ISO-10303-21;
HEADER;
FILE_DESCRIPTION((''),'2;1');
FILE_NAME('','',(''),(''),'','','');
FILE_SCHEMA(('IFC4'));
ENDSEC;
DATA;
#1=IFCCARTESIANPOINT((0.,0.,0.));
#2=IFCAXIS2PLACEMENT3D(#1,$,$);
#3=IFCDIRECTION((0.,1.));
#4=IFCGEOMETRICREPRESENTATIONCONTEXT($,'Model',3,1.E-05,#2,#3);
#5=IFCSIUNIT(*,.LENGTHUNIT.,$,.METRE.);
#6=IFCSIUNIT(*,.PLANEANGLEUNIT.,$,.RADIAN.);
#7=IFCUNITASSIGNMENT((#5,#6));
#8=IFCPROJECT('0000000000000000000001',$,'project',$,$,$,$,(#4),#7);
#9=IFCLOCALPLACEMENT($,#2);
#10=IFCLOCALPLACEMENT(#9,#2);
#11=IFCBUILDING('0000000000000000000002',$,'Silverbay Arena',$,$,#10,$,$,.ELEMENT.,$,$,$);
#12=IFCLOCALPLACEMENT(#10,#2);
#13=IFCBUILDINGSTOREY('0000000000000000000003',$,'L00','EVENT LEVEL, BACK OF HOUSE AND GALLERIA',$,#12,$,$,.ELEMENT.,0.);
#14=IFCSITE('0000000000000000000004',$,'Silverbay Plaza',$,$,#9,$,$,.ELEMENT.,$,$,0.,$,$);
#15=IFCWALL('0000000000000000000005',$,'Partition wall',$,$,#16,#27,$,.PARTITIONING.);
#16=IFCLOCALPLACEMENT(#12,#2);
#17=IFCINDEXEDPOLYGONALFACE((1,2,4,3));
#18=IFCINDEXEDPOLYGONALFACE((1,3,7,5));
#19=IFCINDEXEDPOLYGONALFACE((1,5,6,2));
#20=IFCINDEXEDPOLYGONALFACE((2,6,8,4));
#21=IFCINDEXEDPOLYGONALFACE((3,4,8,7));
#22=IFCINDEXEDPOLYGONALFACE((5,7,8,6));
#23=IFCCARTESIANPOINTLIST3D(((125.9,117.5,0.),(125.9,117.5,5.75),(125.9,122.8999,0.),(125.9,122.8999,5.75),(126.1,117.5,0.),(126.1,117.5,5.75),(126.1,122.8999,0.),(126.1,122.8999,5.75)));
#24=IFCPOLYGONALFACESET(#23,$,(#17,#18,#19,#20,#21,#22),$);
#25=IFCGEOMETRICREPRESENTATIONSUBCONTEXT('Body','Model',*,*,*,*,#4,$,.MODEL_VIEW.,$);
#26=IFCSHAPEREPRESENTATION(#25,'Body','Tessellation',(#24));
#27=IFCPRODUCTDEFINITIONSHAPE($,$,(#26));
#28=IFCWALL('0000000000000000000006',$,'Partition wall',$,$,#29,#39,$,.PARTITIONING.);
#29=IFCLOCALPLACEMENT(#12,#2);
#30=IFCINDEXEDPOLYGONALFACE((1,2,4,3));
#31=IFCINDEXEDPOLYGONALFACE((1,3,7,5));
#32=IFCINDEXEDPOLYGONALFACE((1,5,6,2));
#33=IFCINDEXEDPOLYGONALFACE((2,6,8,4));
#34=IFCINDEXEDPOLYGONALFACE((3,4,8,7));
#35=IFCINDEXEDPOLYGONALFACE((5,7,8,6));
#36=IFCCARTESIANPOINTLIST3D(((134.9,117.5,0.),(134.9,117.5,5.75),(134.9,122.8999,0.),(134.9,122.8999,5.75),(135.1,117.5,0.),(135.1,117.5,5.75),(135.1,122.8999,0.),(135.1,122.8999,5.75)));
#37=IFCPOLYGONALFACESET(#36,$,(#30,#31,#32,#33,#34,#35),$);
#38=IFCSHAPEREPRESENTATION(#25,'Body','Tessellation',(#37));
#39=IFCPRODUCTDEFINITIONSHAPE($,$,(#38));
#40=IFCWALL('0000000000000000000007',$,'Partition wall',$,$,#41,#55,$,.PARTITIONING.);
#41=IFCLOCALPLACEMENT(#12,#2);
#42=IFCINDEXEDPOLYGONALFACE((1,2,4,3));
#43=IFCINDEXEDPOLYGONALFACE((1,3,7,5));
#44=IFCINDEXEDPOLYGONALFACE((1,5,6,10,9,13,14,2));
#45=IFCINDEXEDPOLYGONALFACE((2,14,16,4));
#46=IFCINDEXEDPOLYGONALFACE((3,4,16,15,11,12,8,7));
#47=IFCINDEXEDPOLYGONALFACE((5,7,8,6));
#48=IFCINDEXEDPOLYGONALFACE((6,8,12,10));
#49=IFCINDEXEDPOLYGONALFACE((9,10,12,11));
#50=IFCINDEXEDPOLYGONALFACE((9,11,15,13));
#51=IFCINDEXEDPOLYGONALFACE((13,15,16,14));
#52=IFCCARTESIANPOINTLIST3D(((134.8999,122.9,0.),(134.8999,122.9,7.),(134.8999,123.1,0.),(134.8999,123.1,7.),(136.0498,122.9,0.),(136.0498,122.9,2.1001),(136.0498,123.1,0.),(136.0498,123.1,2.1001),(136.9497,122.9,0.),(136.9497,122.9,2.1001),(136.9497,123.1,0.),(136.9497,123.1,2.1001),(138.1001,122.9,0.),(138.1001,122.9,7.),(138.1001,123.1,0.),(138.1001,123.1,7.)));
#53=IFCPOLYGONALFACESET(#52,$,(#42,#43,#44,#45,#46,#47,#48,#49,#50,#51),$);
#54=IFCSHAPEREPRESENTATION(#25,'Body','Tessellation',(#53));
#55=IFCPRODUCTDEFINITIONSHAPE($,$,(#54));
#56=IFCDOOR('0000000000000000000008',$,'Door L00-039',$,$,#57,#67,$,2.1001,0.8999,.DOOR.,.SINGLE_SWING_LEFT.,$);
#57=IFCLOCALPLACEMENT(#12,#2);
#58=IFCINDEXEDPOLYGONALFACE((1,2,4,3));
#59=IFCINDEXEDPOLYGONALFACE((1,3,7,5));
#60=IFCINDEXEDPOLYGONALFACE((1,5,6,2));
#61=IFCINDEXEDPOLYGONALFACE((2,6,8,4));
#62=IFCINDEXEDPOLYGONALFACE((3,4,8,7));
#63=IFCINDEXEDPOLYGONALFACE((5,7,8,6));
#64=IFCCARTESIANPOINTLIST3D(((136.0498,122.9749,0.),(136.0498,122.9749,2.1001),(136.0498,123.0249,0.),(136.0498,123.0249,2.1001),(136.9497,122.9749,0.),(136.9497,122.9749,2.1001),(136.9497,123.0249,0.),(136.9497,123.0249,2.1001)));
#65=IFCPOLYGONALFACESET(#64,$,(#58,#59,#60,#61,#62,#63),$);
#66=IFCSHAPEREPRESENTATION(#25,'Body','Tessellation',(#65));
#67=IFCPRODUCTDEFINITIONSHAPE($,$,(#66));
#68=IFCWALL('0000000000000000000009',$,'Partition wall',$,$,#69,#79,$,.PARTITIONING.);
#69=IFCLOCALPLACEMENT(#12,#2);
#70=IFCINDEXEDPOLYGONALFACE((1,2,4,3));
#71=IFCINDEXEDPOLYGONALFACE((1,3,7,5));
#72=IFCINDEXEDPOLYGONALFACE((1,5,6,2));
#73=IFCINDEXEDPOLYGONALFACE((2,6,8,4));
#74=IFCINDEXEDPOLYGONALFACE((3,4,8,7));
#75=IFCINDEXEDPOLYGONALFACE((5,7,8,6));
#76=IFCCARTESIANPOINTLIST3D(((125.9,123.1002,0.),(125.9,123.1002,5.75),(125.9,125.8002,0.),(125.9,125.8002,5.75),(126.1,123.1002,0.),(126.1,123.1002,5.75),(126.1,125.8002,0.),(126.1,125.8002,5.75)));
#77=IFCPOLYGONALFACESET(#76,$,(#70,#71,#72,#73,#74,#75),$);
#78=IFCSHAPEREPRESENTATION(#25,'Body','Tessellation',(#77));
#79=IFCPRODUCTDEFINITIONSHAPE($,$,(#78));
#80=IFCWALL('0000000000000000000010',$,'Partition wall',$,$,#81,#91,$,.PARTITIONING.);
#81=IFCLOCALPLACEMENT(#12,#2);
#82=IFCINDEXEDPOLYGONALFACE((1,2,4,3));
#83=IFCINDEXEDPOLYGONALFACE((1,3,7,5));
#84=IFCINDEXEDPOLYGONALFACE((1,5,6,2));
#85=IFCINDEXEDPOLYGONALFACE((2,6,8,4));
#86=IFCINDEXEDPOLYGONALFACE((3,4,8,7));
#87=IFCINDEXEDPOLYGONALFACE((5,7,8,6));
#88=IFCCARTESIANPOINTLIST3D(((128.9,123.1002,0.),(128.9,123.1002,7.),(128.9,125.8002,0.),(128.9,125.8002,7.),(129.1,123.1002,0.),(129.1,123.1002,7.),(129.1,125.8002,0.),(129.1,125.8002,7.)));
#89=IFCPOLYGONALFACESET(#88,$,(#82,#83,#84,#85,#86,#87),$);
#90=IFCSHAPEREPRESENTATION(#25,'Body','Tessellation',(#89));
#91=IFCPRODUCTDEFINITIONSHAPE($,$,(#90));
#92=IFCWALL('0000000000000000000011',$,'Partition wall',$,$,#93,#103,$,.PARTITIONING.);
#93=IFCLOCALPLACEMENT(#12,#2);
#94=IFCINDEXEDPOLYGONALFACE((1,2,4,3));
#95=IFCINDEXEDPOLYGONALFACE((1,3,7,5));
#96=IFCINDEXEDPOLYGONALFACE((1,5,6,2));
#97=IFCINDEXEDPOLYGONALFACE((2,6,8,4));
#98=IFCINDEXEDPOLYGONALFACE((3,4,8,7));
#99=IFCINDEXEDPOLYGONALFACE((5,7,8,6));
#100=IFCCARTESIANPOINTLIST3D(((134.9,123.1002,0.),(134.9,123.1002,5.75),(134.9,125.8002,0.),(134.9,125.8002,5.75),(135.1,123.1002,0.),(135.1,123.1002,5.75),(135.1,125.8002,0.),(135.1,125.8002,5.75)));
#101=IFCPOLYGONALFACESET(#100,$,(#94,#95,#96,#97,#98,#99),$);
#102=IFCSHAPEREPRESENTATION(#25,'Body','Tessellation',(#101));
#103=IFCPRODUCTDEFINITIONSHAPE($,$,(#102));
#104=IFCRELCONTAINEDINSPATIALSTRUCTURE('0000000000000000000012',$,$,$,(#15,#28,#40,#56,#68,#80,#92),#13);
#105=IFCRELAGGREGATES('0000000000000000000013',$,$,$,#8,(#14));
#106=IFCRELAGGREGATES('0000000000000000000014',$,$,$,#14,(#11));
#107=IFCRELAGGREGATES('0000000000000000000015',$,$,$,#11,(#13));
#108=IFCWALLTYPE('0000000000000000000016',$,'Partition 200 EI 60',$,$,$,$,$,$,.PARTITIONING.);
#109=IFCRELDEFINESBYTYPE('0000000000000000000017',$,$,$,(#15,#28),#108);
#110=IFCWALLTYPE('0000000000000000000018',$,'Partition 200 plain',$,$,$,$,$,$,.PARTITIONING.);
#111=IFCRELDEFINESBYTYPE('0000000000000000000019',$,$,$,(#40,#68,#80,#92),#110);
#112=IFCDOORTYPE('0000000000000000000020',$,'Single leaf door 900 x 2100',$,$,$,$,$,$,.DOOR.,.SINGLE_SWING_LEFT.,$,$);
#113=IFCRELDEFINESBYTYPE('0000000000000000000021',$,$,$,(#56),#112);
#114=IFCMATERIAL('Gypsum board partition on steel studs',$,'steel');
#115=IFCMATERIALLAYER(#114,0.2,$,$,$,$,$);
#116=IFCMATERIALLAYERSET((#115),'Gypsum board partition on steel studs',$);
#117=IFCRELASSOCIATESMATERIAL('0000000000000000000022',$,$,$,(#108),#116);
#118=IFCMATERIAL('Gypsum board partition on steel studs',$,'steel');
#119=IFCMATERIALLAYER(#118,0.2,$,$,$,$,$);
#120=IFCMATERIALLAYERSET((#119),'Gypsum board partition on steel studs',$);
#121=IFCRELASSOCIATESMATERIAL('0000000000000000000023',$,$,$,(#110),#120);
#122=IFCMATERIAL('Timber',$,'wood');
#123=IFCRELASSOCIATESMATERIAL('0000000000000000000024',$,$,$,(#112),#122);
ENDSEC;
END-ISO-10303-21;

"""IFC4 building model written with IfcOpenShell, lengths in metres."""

from ifc_helpers import new_model, si_unit, direction, frame, frame_2d, origin, place, context, subcontext, project, spatial, rectangle, extrude, material, layer, layer_set, type_object, element, fill, save


model = new_model("IFC4")

# Units and contexts
model_context = context("Model", 3, precision=1e-05, world=origin(), true_north=direction((0.0, 1.0)))
body_context = subcontext(model_context, "Body", "Model", "MODEL_VIEW")
ifc_project = project(units=[si_unit("LENGTHUNIT", "METRE"), si_unit("PLANEANGLEUNIT", "RADIAN")], contexts=[model_context])

# Site, building, storey
site_placement = place(None, origin())
site = spatial("IfcSite", under=ifc_project, at=site_placement, Name="Silverbay Plaza", CompositionType="ELEMENT", RefElevation=0.0)
building_placement = place(site_placement, origin())
building = spatial("IfcBuilding", under=site, at=building_placement, Name="Silverbay Arena", CompositionType="ELEMENT")
storey_placement = place(building_placement, origin())
storey = spatial("IfcBuildingStorey", under=building, at=storey_placement, Name="L00", Description="EVENT LEVEL, BACK OF HOUSE AND GALLERIA", CompositionType="ELEMENT", Elevation=0.0)

# Shared definitions
ifc_material_1 = material(Name="Gypsum board partition on steel studs", Category="steel")
ifc_layer_1 = layer(ifc_material_1, 0.2)
ifc_layer_set_1 = layer_set([ifc_layer_1], Name="Gypsum board partition on steel studs")
wall_type_1 = type_object("IfcWallType", Name="Partition 200 EI 60", PredefinedType="PARTITIONING", material=ifc_layer_set_1)

# Walls
for number, where, z_axis, x_axis, name in (
    (1, (126.0, 117.5, 0.0), (0.0, 0.0, 1.0), (0.0, 1.0, 0.0), "Partition wall"),
    (2, (135.0, 117.5, 0.0), (0.0, 0.0, 1.0), (0.0, 1.0, 0.0), "Partition wall"),
):
    element("IfcWall", number, at=place(storey_placement, frame(where, z_axis=z_axis, x_axis=x_axis)), inside=storey, type_object=wall_type_1, Name=name, PredefinedType="PARTITIONING", context=body_context, shape_type="SweptSolid", body=[
        extrude(rectangle(XDim=5.3999, YDim=0.2, at=frame_2d((2.7, 0.0))), origin(), (0.0, 0.0, 1.0), 5.75),
    ])

# Wall, opening, door
ifc_material_2 = material(Name="Gypsum board partition on steel studs", Category="steel")
ifc_layer_2 = layer(ifc_material_2, 0.2)
ifc_layer_set_2 = layer_set([ifc_layer_2], Name="Gypsum board partition on steel studs")
wall_type_2 = type_object("IfcWallType", Name="Partition 200 plain", PredefinedType="PARTITIONING", material=ifc_layer_set_2)
wall_1_placement = place(storey_placement, frame((134.8999, 123.0, 0.0), z_axis=(0.0, 0.0, 1.0), x_axis=(1.0, 0.0, 0.0)))
wall_1 = element("IfcWall", 3, at=wall_1_placement, inside=storey, type_object=wall_type_2, Name="Partition wall", PredefinedType="PARTITIONING", context=body_context, shape_type="SweptSolid", body=[
    extrude(rectangle(XDim=3.2002, YDim=0.2, at=frame_2d((1.6001, 0.0))), origin(), (0.0, 0.0, 1.0), 7.0),
])
opening_1_placement = place(wall_1_placement, frame((1.1499, 0.0, 0.0)))
opening_1 = element("IfcOpeningElement", 4, at=opening_1_placement, cuts=wall_1, PredefinedType="OPENING", context=body_context, shape_type="SweptSolid", body=[
    extrude(rectangle(XDim=0.8999, YDim=2.1001, at=frame_2d((0.45, 1.05))), frame((0.0, 0.1099, 0.0), z_axis=(0.0, -1.0, 0.0), x_axis=(1.0, 0.0, 0.0)), (0.0, 0.0, 1.0), 0.22),
])
ifc_material_3 = material(Name="Timber", Category="wood")
door_type_1 = type_object("IfcDoorType", Name="Single leaf door 900 x 2100", OperationType="SINGLE_SWING_LEFT", PredefinedType="DOOR", material=ifc_material_3)
door_1_placement = place(opening_1_placement, origin())
door_1 = element("IfcDoor", 5, at=door_1_placement, inside=storey, type_object=door_type_1, Name="Door L00-039", OperationType="SINGLE_SWING_LEFT", OverallHeight=2.1001, OverallWidth=0.8999, PredefinedType="DOOR", context=body_context, shape_type="SweptSolid", body=[
    extrude(rectangle(XDim=0.8999, YDim=2.1001, at=frame_2d((0.45, 1.05))), frame((0.0, 0.0249, 0.0), z_axis=(0.0, -1.0, 0.0), x_axis=(1.0, 0.0, 0.0)), (0.0, 0.0, 1.0), 0.05),
])
fill(opening_1, door_1)

# Walls
wall_2_placement = place(storey_placement, frame((126.0, 123.1001, 0.0), z_axis=(0.0, 0.0, 1.0), x_axis=(0.0, 1.0, 0.0)))
element("IfcWall", 6, at=wall_2_placement, inside=storey, type_object=wall_type_2, Name="Partition wall", PredefinedType="PARTITIONING", context=body_context, shape_type="SweptSolid", body=[
    extrude(rectangle(XDim=2.7, YDim=0.2, at=frame_2d((1.3501, 0.0))), origin(), (0.0, 0.0, 1.0), 5.75),
])
wall_3_placement = place(storey_placement, frame((129.0, 123.1001, 0.0), z_axis=(0.0, 0.0, 1.0), x_axis=(0.0, 1.0, 0.0)))
element("IfcWall", 7, at=wall_3_placement, inside=storey, type_object=wall_type_2, Name="Partition wall", PredefinedType="PARTITIONING", context=body_context, shape_type="SweptSolid", body=[
    extrude(rectangle(XDim=2.7, YDim=0.2, at=frame_2d((1.3501, 0.0))), origin(), (0.0, 0.0, 1.0), 7.0),
])
wall_4_placement = place(storey_placement, frame((135.0, 123.1001, 0.0), z_axis=(0.0, 0.0, 1.0), x_axis=(0.0, 1.0, 0.0)))
element("IfcWall", 8, at=wall_4_placement, inside=storey, type_object=wall_type_2, Name="Partition wall", PredefinedType="PARTITIONING", context=body_context, shape_type="SweptSolid", body=[
    extrude(rectangle(XDim=2.7, YDim=0.2, at=frame_2d((1.3501, 0.0))), origin(), (0.0, 0.0, 1.0), 5.75),
])

save(model, "model.ifc")
